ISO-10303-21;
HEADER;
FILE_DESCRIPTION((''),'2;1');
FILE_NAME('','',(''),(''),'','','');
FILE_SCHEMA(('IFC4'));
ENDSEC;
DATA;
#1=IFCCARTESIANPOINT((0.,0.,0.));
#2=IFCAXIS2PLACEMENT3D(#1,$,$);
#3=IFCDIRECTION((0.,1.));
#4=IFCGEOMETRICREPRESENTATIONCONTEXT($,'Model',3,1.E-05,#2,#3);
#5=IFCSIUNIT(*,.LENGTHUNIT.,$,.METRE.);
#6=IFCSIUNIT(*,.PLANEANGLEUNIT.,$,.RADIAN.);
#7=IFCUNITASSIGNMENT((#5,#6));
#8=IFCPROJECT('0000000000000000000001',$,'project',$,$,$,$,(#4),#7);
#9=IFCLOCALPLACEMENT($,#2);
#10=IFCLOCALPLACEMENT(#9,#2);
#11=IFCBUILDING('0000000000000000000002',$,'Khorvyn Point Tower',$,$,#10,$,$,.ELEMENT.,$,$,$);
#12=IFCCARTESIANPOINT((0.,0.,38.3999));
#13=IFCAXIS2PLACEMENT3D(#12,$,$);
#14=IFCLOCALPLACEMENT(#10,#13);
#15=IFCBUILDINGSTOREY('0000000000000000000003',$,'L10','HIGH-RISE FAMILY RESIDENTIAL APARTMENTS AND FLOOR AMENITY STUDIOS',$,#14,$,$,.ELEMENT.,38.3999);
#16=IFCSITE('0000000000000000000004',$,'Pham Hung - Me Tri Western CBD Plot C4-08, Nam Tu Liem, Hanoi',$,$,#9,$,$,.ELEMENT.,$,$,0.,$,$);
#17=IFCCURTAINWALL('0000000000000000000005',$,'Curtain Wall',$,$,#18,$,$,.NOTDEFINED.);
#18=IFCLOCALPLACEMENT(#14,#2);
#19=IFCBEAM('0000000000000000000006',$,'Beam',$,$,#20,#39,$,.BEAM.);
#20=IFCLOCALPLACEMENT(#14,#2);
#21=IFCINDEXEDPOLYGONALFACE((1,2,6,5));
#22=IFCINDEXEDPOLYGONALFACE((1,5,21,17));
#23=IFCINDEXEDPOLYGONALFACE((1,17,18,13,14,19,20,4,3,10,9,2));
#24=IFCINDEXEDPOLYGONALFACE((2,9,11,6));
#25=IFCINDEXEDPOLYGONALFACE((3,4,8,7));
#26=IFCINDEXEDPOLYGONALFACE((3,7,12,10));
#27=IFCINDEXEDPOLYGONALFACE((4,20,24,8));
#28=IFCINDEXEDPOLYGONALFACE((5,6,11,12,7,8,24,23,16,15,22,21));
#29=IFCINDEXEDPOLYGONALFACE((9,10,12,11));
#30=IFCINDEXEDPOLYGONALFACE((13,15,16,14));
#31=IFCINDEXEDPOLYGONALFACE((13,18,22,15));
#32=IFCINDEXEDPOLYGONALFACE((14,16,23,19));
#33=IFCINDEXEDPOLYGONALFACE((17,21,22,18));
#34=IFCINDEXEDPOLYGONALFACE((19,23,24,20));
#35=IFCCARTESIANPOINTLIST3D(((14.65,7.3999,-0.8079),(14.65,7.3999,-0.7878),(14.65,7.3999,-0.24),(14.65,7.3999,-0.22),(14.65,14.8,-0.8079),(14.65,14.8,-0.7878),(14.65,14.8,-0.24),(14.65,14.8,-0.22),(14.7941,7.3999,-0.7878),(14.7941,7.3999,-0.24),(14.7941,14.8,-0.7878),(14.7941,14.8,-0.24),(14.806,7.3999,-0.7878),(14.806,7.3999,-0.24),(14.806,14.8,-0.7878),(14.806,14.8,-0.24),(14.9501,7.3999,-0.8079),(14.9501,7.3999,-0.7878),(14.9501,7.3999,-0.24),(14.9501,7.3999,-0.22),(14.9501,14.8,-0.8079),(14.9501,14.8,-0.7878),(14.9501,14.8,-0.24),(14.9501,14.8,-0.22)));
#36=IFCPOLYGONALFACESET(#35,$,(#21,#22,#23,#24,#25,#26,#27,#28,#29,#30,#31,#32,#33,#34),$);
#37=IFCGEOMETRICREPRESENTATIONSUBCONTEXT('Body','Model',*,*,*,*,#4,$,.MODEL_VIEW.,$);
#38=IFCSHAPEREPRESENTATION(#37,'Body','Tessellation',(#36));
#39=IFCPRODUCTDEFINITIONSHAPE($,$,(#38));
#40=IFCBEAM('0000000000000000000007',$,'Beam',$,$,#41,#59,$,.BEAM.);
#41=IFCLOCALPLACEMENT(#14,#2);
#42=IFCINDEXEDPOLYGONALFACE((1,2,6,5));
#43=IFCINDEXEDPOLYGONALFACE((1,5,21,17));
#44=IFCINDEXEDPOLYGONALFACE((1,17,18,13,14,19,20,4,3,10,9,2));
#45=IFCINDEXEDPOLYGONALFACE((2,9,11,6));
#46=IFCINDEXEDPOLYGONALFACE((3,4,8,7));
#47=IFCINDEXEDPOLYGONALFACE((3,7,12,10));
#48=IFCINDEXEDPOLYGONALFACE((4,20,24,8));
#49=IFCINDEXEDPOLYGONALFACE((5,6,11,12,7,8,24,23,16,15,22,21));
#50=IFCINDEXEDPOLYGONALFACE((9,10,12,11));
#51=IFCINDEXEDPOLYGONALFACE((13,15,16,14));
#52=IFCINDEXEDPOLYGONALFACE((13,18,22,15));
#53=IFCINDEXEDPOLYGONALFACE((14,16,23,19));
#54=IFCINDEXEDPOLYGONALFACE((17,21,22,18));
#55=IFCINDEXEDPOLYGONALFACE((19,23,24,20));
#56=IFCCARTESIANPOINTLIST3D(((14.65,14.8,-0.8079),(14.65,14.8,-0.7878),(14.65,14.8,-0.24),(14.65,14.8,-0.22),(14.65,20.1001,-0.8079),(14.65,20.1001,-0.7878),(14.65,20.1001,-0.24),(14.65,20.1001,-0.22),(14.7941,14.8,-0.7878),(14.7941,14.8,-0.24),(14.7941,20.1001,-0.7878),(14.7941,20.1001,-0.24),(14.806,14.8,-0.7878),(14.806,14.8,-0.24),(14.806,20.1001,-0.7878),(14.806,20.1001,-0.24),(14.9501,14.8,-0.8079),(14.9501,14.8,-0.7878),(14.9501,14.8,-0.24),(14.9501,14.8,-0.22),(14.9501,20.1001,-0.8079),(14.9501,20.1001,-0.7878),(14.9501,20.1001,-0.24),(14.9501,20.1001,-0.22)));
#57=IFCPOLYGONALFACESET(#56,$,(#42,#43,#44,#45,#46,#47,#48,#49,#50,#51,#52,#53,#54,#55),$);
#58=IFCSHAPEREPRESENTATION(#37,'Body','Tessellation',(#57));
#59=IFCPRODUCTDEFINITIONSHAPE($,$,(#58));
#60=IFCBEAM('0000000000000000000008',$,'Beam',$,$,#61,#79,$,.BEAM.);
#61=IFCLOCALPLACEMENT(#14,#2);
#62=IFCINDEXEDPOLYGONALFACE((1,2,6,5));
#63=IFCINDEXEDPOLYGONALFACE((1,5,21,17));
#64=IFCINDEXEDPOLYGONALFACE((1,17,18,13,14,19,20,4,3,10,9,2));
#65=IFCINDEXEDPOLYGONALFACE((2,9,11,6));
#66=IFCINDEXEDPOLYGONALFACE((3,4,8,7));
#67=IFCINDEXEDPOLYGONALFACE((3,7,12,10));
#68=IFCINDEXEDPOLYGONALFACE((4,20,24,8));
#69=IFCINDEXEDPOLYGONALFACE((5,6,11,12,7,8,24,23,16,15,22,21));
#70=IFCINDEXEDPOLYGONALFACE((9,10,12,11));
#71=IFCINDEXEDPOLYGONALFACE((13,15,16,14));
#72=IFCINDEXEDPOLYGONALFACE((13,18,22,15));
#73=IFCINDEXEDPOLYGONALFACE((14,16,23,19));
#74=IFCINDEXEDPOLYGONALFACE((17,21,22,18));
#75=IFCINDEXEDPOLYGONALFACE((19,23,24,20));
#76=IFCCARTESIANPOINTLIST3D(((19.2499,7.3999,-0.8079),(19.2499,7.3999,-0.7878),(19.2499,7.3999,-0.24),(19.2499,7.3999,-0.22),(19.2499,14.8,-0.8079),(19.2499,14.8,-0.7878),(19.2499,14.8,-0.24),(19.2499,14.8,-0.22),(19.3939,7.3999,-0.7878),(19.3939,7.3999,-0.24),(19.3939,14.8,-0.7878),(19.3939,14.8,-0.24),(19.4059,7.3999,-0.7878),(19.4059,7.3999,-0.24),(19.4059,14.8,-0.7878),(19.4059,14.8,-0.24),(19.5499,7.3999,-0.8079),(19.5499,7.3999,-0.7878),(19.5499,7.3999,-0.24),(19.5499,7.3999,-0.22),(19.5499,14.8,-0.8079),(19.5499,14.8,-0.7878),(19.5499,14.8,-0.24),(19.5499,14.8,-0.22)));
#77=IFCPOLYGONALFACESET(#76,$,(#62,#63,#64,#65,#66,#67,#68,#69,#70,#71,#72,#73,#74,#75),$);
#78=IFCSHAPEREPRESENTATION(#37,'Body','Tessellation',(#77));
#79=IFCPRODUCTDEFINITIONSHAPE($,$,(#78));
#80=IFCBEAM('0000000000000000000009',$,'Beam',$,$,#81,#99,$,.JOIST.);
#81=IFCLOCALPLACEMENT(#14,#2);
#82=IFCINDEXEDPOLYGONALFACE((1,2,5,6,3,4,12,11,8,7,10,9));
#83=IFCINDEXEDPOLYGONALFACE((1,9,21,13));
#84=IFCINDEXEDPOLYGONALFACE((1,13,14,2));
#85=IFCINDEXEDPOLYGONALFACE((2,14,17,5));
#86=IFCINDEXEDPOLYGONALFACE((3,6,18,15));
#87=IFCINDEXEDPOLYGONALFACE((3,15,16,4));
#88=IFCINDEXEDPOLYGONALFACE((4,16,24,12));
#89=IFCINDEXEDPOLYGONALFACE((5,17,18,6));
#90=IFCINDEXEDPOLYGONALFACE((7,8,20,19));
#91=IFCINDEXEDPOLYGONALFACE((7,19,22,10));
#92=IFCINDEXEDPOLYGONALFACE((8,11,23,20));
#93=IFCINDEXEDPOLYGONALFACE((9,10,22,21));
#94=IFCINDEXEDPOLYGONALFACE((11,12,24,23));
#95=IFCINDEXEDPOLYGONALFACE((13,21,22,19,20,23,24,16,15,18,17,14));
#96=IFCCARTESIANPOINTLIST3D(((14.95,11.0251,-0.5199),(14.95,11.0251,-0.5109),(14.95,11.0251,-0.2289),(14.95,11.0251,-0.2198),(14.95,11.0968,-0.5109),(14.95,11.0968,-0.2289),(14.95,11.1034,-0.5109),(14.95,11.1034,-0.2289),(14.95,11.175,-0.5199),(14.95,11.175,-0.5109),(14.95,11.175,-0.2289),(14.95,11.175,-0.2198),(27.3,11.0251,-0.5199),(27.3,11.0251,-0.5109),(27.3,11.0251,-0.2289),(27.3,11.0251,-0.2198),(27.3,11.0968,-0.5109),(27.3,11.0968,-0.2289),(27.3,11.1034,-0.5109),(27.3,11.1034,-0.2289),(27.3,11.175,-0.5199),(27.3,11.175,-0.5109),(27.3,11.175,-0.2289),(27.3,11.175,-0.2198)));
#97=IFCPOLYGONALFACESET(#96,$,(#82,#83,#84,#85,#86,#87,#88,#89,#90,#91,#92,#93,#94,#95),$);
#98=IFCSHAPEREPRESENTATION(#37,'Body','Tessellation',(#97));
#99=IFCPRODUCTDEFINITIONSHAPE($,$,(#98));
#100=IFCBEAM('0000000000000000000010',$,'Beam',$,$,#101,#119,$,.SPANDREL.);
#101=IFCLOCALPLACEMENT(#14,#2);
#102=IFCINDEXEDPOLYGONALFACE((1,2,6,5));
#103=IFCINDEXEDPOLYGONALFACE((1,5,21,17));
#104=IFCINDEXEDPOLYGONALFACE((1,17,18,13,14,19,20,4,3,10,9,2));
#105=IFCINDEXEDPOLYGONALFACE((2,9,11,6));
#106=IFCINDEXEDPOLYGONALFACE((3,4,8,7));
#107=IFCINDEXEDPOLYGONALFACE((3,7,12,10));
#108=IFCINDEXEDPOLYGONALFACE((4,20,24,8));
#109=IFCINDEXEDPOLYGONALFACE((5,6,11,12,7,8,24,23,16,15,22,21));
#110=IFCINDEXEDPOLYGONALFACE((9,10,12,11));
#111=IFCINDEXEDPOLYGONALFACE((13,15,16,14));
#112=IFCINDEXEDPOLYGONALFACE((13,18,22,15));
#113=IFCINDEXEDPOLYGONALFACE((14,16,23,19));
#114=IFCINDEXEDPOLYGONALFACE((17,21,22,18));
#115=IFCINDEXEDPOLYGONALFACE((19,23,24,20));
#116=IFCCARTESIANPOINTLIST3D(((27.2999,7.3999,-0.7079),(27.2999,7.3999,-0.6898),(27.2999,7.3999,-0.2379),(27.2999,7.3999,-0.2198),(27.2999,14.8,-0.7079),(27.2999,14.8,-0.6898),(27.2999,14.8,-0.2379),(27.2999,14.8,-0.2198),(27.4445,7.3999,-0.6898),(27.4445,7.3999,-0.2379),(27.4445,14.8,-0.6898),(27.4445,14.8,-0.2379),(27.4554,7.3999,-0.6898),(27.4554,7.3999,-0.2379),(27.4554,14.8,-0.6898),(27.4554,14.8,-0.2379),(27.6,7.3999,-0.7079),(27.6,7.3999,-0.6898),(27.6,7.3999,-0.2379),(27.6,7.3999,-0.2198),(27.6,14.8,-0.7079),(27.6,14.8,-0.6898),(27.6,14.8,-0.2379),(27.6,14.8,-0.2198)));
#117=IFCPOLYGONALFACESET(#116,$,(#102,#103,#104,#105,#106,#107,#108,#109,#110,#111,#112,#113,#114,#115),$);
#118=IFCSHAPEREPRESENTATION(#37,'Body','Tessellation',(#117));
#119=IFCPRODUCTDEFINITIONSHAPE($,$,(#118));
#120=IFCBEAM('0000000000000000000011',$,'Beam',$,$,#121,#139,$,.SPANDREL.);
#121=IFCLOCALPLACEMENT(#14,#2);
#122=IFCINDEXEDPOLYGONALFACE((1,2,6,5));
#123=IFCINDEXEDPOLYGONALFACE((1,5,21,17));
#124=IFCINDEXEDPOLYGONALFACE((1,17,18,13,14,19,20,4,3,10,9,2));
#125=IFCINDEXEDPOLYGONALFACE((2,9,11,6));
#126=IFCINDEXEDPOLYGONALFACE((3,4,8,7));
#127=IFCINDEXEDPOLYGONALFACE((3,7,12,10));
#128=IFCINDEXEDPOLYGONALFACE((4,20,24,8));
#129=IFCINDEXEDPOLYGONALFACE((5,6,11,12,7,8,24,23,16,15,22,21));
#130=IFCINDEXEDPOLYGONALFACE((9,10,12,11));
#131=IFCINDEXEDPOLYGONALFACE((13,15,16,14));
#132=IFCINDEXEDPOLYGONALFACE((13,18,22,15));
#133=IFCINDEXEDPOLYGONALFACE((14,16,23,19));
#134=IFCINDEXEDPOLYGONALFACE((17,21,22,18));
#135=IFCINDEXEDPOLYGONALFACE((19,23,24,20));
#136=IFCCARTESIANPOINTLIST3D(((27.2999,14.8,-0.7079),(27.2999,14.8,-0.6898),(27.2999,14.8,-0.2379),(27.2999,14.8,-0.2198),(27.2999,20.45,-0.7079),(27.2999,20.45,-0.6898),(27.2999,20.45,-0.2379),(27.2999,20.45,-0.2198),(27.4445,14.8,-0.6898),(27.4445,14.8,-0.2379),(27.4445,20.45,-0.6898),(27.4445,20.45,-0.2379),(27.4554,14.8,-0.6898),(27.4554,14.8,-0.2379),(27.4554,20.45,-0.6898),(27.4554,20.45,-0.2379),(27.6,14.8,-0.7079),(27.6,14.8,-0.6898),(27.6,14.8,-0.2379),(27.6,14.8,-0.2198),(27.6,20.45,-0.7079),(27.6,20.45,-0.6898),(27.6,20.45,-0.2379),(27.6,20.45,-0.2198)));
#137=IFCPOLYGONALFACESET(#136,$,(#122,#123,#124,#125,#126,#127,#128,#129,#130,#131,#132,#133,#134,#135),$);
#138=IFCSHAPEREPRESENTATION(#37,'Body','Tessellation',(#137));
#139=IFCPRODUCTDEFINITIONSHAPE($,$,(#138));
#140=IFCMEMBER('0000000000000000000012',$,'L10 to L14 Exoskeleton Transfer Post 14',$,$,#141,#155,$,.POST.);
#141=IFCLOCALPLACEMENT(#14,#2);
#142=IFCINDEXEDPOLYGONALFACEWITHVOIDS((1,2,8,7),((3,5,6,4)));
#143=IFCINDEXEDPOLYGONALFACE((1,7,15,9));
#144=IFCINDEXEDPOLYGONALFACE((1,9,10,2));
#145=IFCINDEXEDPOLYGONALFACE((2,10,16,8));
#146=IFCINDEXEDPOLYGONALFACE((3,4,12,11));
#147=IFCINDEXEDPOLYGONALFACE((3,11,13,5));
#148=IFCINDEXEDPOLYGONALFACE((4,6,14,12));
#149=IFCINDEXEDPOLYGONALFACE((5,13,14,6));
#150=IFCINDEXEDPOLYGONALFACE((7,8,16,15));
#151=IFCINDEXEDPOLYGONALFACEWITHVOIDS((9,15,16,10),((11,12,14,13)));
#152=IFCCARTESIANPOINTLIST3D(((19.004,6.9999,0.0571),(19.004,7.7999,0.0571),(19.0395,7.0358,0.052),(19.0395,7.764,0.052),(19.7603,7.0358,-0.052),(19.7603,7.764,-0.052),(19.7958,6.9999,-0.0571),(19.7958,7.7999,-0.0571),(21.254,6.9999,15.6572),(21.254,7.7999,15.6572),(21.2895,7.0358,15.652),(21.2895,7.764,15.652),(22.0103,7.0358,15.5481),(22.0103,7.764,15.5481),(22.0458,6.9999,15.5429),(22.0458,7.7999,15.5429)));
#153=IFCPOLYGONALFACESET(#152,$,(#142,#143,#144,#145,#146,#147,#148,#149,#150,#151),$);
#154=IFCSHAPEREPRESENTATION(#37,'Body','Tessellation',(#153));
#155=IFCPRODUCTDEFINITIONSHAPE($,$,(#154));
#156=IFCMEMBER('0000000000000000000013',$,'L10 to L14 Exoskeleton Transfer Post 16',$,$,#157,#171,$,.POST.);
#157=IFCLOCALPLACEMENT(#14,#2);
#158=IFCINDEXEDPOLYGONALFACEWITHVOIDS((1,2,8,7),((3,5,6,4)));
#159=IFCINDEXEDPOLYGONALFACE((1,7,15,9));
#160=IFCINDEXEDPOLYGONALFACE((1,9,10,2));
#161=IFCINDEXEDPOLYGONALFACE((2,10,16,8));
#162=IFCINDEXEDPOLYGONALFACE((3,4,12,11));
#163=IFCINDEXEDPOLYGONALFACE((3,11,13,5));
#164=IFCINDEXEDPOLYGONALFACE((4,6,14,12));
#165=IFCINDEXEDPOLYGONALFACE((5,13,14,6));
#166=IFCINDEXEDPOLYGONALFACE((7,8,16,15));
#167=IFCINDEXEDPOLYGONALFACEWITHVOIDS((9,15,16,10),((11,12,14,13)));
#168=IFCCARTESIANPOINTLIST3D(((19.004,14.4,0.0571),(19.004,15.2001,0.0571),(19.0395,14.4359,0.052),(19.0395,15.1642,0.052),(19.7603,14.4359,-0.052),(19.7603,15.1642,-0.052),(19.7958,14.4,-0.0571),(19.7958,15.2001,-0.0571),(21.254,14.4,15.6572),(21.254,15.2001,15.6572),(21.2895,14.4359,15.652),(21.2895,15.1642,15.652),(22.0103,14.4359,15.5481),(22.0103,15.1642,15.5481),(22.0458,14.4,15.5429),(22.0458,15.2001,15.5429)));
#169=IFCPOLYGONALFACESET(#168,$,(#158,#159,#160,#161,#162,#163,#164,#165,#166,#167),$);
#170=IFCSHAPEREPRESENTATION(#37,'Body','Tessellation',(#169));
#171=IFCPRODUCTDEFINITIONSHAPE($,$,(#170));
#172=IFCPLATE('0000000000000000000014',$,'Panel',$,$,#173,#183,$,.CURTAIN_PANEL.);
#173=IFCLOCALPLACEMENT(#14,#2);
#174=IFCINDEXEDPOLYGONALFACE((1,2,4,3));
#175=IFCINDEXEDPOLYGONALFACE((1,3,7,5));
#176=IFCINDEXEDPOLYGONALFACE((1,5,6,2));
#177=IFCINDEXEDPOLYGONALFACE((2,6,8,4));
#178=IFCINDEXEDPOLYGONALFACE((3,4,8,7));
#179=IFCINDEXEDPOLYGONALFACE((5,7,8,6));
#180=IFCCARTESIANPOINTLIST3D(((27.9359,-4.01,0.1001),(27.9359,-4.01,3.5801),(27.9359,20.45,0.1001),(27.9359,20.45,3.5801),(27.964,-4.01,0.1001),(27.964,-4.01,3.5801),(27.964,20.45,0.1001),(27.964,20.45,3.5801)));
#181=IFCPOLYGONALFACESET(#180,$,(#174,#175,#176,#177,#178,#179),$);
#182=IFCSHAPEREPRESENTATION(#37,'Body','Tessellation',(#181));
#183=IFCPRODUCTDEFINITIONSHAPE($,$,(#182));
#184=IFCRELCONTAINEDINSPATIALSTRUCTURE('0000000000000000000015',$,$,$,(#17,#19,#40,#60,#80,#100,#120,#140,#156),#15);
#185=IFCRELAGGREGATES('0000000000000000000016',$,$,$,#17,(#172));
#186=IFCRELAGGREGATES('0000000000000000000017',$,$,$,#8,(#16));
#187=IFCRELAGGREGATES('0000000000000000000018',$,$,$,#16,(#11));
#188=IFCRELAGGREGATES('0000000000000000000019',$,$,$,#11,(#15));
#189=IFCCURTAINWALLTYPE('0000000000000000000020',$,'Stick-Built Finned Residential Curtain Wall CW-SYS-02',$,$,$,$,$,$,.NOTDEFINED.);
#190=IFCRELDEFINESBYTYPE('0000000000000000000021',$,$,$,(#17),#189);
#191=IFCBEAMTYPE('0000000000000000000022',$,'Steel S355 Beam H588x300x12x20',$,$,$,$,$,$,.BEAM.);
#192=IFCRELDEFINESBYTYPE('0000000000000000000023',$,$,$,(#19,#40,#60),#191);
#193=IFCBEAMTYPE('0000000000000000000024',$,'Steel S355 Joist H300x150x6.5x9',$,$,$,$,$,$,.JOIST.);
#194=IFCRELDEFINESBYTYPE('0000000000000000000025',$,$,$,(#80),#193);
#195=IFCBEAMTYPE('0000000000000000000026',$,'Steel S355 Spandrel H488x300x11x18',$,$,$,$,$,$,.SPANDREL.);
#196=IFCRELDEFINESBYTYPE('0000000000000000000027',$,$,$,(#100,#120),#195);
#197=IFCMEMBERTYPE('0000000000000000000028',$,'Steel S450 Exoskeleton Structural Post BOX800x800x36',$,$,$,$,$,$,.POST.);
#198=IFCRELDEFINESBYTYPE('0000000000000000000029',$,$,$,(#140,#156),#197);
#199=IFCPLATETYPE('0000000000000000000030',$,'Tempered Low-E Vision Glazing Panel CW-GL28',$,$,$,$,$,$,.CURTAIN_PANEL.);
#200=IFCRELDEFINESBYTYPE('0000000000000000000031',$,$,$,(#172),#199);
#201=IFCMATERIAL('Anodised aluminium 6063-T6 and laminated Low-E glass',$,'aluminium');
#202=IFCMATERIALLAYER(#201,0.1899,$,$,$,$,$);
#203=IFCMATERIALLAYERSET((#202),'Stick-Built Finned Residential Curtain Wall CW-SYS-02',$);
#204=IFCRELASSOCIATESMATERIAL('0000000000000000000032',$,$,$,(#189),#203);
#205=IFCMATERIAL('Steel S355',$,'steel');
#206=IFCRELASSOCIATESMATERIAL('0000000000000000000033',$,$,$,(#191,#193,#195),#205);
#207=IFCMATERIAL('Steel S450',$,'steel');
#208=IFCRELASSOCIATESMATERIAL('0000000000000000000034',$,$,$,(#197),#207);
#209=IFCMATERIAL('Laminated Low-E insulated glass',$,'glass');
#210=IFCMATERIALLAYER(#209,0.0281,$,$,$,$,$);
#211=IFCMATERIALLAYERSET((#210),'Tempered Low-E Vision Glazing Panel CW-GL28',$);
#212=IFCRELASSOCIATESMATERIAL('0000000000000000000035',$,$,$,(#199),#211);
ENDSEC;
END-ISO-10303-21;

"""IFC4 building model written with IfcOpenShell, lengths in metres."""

from ifc_helpers import new_model, si_unit, direction, frame, origin, origin_2d, place, context, subcontext, project, spatial, rectangle, hollow_rectangle, i_section, extrude, material, layer, layer_set, material_profile, profile_set, type_object, element, aggregate, save


model = new_model("IFC4")

# Units and contexts
model_context = context("Model", 3, precision=1e-05, world=origin(), true_north=direction((0.0, 1.0)))
body_context = subcontext(model_context, "Body", "Model", "MODEL_VIEW")
ifc_project = project(units=[si_unit("LENGTHUNIT", "METRE"), si_unit("PLANEANGLEUNIT", "RADIAN")], contexts=[model_context])

# Site, building, storey
site_placement = place(None, origin())
site = spatial("IfcSite", under=ifc_project, at=site_placement, Name="Pham Hung - Me Tri Western CBD Plot C4-08, Nam Tu Liem, Hanoi", CompositionType="ELEMENT", RefElevation=0.0)
building_placement = place(site_placement, origin())
building = spatial("IfcBuilding", under=site, at=building_placement, Name="Khorvyn Point Tower", CompositionType="ELEMENT")
storey_placement = place(building_placement, frame((0.0, 0.0, 38.3999)))
storey = spatial("IfcBuildingStorey", under=building, at=storey_placement, Name="L10", Description="HIGH-RISE FAMILY RESIDENTIAL APARTMENTS AND FLOOR AMENITY STUDIOS", CompositionType="ELEMENT", Elevation=38.3999)

# Shared definitions
ifc_material_1 = material(Name="Steel S450", Category="steel")

# Curtain wall
ifc_material_2 = material(Name="Anodised aluminium 6063-T6 and laminated Low-E glass", Category="aluminium")
ifc_layer_1 = layer(ifc_material_2, 0.1899)
ifc_layer_set_1 = layer_set([ifc_layer_1], Name="Stick-Built Finned Residential Curtain Wall CW-SYS-02")
curtain_wall_type = type_object("IfcCurtainWallType", Name="Stick-Built Finned Residential Curtain Wall CW-SYS-02", PredefinedType="NOTDEFINED", material=ifc_layer_set_1)
curtain_wall_placement = place(storey_placement, origin())
curtain_wall = element("IfcCurtainWall", 1, at=curtain_wall_placement, inside=storey, type_object=curtain_wall_type, Name="Curtain Wall", PredefinedType="NOTDEFINED")

# Beams
ifc_material_3 = material(Name="Steel S355", Category="steel")
ifc_material_profile_1 = material_profile(ifc_material_3, i_section(OverallWidth=0.3, OverallDepth=0.5879, WebThickness=0.012, FlangeThickness=0.02, at=origin_2d()))
ifc_profile_set_1 = profile_set([ifc_material_profile_1], Name="Steel S355 H588x300x12x20")
beam_type_1 = type_object("IfcBeamType", Name="Steel S355 Beam H588x300x12x20", PredefinedType="BEAM", material=ifc_profile_set_1)
beam_1_placement = place(storey_placement, frame((14.8, 7.3999, -0.5139), z_axis=(0.0, 1.0, 0.0), x_axis=(-1.0, 0.0, 0.0)))
element("IfcBeam", 2, at=beam_1_placement, inside=storey, type_object=beam_type_1, Name="Beam", PredefinedType="BEAM", context=body_context, shape_type="SweptSolid", body=[
    extrude(i_section(OverallWidth=0.3, OverallDepth=0.5879, WebThickness=0.012, FlangeThickness=0.02, at=origin_2d()), origin(), (0.0, 0.0, 1.0), 7.4001),
])
beam_2_placement = place(storey_placement, frame((14.8, 14.8, -0.5139), z_axis=(0.0, 1.0, 0.0), x_axis=(-1.0, 0.0, 0.0)))
element("IfcBeam", 3, at=beam_2_placement, inside=storey, type_object=beam_type_1, Name="Beam", PredefinedType="BEAM", context=body_context, shape_type="SweptSolid", body=[
    extrude(i_section(OverallWidth=0.3, OverallDepth=0.5879, WebThickness=0.012, FlangeThickness=0.02, at=origin_2d()), origin(), (0.0, 0.0, 1.0), 5.3),
])
beam_3_placement = place(storey_placement, frame((19.3999, 7.3999, -0.5139), z_axis=(0.0, 1.0, 0.0), x_axis=(-1.0, 0.0, 0.0)))
element("IfcBeam", 4, at=beam_3_placement, inside=storey, type_object=beam_type_1, Name="Beam", PredefinedType="BEAM", context=body_context, shape_type="SweptSolid", body=[
    extrude(i_section(OverallWidth=0.3, OverallDepth=0.5879, WebThickness=0.012, FlangeThickness=0.02, at=origin_2d()), origin(), (0.0, 0.0, 1.0), 7.4001),
])
ifc_material_profile_2 = material_profile(ifc_material_3, i_section(OverallWidth=0.1499, OverallDepth=0.3, WebThickness=0.0066, FlangeThickness=0.009, at=origin_2d()))
ifc_profile_set_2 = profile_set([ifc_material_profile_2], Name="Steel S355 H300x150x6.5x9")
beam_type_2 = type_object("IfcBeamType", Name="Steel S355 Joist H300x150x6.5x9", PredefinedType="JOIST", material=ifc_profile_set_2)
beam_4_placement = place(storey_placement, frame((14.95, 11.1001, -0.3699), z_axis=(1.0, 0.0, 0.0), x_axis=(0.0, 1.0, 0.0)))
element("IfcBeam", 5, at=beam_4_placement, inside=storey, type_object=beam_type_2, Name="Beam", PredefinedType="JOIST", context=body_context, shape_type="SweptSolid", body=[
    extrude(i_section(OverallWidth=0.1499, OverallDepth=0.3, WebThickness=0.0066, FlangeThickness=0.009, at=origin_2d()), origin(), (0.0, 0.0, 1.0), 12.3501),
])
ifc_material_profile_3 = material_profile(ifc_material_3, i_section(OverallWidth=0.3, OverallDepth=0.488, WebThickness=0.011, FlangeThickness=0.0181, at=origin_2d()))
ifc_profile_set_3 = profile_set([ifc_material_profile_3], Name="Steel S355 H488x300x11x18")
beam_type_3 = type_object("IfcBeamType", Name="Steel S355 Spandrel H488x300x11x18", PredefinedType="SPANDREL", material=ifc_profile_set_3)
beam_5_placement = place(storey_placement, frame((27.45, 7.3999, -0.4639), z_axis=(0.0, 1.0, 0.0), x_axis=(-1.0, 0.0, 0.0)))
element("IfcBeam", 6, at=beam_5_placement, inside=storey, type_object=beam_type_3, Name="Beam", PredefinedType="SPANDREL", context=body_context, shape_type="SweptSolid", body=[
    extrude(i_section(OverallWidth=0.3, OverallDepth=0.488, WebThickness=0.011, FlangeThickness=0.0181, at=origin_2d()), origin(), (0.0, 0.0, 1.0), 7.4001),
])
beam_6_placement = place(storey_placement, frame((27.45, 14.8, -0.4639), z_axis=(0.0, 1.0, 0.0), x_axis=(-1.0, 0.0, 0.0)))
element("IfcBeam", 7, at=beam_6_placement, inside=storey, type_object=beam_type_3, Name="Beam", PredefinedType="SPANDREL", context=body_context, shape_type="SweptSolid", body=[
    extrude(i_section(OverallWidth=0.3, OverallDepth=0.488, WebThickness=0.011, FlangeThickness=0.0181, at=origin_2d()), origin(), (0.0, 0.0, 1.0), 5.6499),
])

# Members
ifc_material_profile_4 = material_profile(ifc_material_1, hollow_rectangle(XDim=0.8, YDim=0.8, WallThickness=0.0359, at=origin_2d()))
ifc_profile_set_4 = profile_set([ifc_material_profile_4], Name="Steel S450 BOX800x800x36")
member_type_1 = type_object("IfcMemberType", Name="Steel S450 Exoskeleton Structural Post BOX800x800x36", PredefinedType="POST", material=ifc_profile_set_4)
for number, where, z_axis, x_axis, name in (
    (8, (19.3999, 7.3999, 0.0), (0.142753, 0.0, 0.989758), (0.0, 1.0, 0.0), "L10 to L14 Exoskeleton Transfer Post 14"),
    (9, (19.3999, 14.8, 0.0), (0.142753, 0.0, 0.989758), (0.0, 1.0, 0.0), "L10 to L14 Exoskeleton Transfer Post 16"),
):
    element("IfcMember", number, at=place(storey_placement, frame(where, z_axis=z_axis, x_axis=x_axis)), inside=storey, type_object=member_type_1, Name=name, PredefinedType="POST", context=body_context, shape_type="SweptSolid", body=[
        extrude(hollow_rectangle(XDim=0.8, YDim=0.8, WallThickness=0.0359, at=origin_2d()), origin(), (0.0, 0.0, 1.0), 15.7615),
    ])

# Plate
ifc_material_4 = material(Name="Laminated Low-E insulated glass", Category="glass")
ifc_layer_2 = layer(ifc_material_4, 0.0281)
ifc_layer_set_2 = layer_set([ifc_layer_2], Name="Tempered Low-E Vision Glazing Panel CW-GL28")
plate_type = type_object("IfcPlateType", Name="Tempered Low-E Vision Glazing Panel CW-GL28", PredefinedType="CURTAIN_PANEL", material=ifc_layer_set_2)
plate_placement = place(storey_placement, frame((27.95, 8.22, 0.1001), z_axis=(0.0, 0.0, 1.0), x_axis=(0.0, -1.0, 0.0)))
plate = element("IfcPlate", 10, at=plate_placement, type_object=plate_type, Name="Panel", PredefinedType="CURTAIN_PANEL", context=body_context, shape_type="SweptSolid", body=[
    extrude(rectangle(XDim=24.46, YDim=0.0281, at=origin_2d()), origin(), (0.0, 0.0, 1.0), 3.48),
])
aggregate(curtain_wall, [plate])

save(model, "model.ifc")
